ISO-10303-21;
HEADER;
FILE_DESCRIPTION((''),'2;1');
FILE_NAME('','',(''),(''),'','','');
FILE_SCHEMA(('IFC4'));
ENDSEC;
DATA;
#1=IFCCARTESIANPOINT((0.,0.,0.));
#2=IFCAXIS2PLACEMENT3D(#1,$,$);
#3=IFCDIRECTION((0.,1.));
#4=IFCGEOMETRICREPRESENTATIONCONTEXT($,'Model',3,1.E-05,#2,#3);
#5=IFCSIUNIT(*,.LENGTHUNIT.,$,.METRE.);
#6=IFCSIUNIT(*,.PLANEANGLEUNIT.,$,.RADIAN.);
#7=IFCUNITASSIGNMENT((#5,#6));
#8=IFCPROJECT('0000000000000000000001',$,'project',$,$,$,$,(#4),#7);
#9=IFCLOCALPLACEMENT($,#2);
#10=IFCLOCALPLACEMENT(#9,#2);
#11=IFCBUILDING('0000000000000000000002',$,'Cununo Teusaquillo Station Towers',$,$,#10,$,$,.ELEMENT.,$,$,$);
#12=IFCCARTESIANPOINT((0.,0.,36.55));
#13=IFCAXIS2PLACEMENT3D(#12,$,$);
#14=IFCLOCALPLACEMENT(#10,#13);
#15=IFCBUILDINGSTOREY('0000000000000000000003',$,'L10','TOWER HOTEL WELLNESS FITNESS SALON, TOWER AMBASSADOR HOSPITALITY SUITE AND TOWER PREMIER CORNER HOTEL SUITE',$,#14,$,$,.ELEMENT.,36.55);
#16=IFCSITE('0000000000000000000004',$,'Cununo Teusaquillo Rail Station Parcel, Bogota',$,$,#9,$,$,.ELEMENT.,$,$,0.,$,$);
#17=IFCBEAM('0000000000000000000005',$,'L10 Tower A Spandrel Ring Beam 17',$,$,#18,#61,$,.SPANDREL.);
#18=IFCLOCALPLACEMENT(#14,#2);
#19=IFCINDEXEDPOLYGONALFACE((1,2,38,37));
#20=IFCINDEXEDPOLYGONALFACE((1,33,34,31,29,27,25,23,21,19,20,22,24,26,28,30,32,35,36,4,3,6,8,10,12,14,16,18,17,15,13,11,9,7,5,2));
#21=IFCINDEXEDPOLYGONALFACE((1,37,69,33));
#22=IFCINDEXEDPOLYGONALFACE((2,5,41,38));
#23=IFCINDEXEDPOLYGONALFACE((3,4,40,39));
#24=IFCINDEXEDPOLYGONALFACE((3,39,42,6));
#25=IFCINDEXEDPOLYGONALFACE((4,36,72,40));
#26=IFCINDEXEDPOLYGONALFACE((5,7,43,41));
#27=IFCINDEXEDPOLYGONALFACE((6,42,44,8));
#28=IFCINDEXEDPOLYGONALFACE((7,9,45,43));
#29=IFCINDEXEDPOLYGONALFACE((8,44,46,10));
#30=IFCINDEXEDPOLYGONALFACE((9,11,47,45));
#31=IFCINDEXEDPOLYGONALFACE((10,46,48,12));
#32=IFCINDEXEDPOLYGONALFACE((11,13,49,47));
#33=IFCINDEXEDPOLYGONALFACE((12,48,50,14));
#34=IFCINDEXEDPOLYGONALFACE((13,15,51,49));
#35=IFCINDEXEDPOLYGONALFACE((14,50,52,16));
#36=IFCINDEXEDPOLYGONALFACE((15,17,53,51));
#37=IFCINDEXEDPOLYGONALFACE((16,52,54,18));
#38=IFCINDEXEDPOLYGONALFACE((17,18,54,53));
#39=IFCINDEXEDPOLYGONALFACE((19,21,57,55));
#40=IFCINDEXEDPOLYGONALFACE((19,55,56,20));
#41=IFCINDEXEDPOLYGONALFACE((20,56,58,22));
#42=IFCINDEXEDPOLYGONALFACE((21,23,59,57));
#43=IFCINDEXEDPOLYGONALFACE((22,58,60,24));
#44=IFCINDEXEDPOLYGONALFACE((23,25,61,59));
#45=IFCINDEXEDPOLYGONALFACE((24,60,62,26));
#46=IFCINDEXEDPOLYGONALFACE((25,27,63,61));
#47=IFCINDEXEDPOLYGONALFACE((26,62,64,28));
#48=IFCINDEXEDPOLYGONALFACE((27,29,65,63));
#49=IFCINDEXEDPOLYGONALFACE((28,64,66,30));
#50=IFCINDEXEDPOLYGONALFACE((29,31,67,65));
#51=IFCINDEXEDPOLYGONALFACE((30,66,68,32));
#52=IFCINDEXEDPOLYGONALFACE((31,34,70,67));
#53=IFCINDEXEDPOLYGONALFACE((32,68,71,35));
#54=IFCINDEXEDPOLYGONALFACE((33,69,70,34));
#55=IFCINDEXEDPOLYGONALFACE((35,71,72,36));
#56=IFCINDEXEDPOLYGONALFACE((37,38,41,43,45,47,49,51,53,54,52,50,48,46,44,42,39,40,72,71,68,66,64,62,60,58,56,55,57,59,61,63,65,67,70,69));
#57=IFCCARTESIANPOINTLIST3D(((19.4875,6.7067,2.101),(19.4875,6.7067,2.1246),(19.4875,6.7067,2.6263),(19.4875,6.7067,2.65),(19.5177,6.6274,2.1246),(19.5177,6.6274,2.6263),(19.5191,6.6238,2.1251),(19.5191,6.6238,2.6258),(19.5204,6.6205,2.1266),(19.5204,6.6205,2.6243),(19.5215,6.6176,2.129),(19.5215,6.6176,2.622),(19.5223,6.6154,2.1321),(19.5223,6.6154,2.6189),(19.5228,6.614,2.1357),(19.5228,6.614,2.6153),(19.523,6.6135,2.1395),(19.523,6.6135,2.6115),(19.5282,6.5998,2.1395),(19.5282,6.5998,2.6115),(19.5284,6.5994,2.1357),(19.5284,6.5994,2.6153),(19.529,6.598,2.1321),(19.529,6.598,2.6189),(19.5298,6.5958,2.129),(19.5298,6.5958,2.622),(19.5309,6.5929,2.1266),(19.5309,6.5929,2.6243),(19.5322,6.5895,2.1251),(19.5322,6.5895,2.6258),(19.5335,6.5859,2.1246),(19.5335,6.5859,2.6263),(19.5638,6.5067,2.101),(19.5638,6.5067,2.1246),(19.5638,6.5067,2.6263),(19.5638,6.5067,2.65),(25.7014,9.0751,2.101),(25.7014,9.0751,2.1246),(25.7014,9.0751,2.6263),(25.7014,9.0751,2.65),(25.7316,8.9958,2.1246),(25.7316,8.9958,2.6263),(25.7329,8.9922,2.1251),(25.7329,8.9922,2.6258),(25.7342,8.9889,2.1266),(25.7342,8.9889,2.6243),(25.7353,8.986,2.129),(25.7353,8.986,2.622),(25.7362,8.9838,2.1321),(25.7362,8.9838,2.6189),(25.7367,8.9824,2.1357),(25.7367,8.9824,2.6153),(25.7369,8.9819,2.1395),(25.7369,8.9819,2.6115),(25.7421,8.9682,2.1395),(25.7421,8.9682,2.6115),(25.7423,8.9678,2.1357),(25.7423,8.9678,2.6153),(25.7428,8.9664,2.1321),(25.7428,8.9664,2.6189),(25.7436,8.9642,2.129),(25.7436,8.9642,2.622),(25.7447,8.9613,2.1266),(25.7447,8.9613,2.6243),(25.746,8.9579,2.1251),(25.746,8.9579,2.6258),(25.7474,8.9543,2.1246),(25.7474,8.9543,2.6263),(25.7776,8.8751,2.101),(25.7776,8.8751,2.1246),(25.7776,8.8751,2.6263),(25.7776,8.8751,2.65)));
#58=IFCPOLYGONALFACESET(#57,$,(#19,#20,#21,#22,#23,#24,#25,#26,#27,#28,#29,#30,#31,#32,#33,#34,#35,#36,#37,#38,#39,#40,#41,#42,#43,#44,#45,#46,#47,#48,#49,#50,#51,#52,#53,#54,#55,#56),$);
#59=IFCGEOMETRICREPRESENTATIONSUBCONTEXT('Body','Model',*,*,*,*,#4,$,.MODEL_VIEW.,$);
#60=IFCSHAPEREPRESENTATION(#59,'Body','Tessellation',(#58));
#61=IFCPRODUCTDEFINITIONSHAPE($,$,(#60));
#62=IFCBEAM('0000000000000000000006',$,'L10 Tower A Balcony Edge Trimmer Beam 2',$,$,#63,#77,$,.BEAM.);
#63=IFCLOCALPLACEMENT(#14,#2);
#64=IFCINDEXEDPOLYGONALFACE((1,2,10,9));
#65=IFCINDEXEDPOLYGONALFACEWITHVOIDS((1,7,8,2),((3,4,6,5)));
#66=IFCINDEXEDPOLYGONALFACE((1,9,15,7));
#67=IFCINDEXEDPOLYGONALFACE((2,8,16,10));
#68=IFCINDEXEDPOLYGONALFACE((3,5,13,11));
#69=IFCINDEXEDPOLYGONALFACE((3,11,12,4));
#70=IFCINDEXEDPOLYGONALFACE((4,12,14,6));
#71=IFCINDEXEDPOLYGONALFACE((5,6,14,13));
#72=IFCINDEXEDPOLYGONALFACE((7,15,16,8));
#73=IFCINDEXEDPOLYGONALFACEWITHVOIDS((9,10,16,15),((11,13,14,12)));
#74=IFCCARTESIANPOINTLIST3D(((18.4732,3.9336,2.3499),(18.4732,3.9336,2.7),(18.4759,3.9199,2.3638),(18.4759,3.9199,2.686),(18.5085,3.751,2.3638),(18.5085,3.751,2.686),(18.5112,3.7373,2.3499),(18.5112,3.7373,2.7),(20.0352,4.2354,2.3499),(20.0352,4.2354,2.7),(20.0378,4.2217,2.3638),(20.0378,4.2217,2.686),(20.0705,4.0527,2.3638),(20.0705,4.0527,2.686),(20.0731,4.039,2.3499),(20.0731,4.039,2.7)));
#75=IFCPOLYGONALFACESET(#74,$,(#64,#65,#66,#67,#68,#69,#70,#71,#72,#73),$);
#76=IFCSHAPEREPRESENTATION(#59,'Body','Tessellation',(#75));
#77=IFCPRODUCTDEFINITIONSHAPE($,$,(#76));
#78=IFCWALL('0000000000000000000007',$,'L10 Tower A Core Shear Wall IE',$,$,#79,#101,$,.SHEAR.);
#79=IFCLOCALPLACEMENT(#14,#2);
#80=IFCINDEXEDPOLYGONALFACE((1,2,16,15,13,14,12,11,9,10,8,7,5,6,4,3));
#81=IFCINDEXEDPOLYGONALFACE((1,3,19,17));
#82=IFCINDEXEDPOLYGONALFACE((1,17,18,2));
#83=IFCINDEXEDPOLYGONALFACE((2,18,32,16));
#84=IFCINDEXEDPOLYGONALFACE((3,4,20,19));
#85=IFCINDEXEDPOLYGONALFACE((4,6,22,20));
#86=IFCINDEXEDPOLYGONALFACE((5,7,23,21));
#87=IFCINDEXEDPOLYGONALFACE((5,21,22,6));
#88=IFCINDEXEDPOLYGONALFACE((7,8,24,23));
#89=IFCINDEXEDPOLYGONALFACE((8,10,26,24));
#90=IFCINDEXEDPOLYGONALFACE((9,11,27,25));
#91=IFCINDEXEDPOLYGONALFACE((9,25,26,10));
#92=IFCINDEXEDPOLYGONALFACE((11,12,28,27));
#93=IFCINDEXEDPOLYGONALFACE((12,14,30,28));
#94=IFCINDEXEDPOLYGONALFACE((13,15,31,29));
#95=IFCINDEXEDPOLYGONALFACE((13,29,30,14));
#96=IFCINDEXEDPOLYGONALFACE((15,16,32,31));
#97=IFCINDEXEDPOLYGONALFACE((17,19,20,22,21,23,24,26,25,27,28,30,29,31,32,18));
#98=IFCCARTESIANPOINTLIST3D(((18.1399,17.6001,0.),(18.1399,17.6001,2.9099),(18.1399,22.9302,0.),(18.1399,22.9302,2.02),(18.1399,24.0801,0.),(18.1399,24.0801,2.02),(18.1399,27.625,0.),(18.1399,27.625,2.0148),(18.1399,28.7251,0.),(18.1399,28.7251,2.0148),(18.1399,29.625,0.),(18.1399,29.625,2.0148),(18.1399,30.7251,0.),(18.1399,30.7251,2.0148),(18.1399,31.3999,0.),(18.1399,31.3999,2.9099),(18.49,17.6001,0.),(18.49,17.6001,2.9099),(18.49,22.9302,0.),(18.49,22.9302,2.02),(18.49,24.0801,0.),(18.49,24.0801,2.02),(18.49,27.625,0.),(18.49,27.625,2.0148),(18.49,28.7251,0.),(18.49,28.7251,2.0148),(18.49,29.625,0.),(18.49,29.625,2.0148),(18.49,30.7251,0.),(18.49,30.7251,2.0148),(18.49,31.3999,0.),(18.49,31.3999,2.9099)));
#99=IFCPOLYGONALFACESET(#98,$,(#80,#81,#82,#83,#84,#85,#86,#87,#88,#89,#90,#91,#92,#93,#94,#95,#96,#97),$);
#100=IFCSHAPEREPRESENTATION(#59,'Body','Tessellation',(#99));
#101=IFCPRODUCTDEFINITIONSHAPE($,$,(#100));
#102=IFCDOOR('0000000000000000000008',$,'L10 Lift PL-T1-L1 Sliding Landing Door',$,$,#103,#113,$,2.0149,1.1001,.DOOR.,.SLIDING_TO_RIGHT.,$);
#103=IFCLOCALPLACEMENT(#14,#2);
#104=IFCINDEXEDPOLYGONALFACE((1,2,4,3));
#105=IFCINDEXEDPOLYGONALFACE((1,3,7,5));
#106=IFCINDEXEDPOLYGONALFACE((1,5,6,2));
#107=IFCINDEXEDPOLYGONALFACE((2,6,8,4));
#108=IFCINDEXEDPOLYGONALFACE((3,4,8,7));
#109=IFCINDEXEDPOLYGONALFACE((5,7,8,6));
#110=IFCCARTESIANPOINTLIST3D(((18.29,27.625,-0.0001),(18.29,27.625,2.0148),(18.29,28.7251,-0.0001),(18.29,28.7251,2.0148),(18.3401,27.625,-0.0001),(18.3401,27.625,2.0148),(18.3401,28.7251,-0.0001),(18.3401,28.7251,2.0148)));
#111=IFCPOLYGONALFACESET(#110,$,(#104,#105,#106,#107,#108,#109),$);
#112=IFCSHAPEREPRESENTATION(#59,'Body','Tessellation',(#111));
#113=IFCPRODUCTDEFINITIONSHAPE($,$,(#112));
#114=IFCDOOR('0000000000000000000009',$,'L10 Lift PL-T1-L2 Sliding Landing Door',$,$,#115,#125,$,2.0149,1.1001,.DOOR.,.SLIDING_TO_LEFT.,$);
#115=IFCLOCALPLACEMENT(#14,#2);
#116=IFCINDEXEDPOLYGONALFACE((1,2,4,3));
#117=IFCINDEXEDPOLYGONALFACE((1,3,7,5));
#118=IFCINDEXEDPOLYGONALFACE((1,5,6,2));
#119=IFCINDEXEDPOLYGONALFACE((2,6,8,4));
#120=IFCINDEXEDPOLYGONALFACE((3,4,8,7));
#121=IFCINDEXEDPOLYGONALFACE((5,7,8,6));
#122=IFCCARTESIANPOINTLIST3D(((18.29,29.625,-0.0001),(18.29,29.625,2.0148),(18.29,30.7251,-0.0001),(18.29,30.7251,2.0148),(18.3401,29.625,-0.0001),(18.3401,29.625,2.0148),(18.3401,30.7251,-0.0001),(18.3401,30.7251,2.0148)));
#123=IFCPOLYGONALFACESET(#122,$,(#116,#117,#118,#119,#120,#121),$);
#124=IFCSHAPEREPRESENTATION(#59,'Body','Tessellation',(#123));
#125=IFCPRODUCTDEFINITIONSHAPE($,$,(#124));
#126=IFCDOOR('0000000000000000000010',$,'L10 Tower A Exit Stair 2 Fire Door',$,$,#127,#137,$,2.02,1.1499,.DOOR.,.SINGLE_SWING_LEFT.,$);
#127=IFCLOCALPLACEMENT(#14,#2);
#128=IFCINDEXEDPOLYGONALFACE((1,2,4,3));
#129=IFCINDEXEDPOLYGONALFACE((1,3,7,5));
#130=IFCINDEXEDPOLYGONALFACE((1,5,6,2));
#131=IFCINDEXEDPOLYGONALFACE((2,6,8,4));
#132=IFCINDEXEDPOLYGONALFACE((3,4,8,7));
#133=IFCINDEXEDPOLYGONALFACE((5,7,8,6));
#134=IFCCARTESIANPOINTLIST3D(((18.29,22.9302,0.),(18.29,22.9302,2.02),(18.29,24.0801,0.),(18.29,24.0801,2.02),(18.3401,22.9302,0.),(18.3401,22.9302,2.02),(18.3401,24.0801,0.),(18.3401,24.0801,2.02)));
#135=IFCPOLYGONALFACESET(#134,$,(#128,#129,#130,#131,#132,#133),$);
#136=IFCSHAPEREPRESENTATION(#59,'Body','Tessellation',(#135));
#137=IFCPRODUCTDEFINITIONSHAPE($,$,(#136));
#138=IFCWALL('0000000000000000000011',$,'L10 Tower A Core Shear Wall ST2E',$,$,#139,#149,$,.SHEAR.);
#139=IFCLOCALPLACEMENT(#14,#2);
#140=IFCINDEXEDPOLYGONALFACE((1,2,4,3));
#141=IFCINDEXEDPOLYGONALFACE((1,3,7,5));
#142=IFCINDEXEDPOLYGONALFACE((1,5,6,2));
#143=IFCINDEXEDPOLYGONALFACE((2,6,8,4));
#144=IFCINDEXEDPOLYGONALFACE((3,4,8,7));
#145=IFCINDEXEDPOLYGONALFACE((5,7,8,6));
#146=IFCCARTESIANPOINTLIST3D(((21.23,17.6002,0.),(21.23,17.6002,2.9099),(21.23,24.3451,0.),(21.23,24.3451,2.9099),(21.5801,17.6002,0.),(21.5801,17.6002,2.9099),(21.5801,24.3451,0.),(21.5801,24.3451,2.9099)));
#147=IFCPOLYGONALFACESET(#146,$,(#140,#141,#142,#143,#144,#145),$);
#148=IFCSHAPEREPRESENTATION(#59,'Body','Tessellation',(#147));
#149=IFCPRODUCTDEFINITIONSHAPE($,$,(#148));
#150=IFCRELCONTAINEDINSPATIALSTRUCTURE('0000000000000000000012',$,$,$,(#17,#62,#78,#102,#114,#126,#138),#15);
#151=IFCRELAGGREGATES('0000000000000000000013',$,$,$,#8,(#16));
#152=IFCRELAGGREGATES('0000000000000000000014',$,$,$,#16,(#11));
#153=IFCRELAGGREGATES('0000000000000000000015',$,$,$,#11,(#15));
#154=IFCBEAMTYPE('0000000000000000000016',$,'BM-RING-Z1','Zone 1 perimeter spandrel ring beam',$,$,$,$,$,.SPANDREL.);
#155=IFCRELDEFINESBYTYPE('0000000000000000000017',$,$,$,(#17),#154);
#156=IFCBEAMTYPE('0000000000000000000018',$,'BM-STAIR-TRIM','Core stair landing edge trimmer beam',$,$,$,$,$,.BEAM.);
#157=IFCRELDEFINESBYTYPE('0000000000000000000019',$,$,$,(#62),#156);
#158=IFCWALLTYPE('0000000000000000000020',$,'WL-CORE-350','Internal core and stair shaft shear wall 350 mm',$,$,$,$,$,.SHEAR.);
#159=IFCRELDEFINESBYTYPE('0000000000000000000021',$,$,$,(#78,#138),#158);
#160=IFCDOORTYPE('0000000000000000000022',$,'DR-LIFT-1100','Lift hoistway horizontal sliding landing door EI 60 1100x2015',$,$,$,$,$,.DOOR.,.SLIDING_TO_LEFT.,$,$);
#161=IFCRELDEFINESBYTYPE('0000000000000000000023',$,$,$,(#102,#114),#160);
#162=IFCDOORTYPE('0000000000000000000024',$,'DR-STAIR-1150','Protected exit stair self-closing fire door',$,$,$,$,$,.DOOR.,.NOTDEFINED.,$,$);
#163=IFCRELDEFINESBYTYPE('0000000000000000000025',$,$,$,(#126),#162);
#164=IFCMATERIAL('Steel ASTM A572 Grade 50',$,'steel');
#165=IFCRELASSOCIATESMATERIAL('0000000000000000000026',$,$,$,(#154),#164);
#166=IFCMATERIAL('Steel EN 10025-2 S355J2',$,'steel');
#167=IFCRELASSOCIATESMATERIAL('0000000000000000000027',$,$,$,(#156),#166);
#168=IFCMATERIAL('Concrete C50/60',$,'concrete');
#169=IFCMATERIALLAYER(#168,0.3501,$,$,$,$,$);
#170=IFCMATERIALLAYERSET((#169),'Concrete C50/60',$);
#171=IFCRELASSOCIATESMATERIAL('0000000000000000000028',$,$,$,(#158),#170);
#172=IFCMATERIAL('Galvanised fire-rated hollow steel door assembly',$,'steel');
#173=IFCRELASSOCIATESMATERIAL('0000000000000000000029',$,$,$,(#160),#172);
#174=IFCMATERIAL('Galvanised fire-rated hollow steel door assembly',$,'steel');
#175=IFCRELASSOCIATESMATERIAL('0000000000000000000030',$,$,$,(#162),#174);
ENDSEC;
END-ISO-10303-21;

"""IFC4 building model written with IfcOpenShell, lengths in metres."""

from ifc_helpers import new_model, si_unit, direction, frame, frame_2d, origin, origin_2d, place, context, subcontext, project, spatial, rectangle, hollow_rectangle, i_section, extrude, source, transform, mapped, material, layer, layer_set, material_profile, profile_set, type_object, element, fill, save


model = new_model("IFC4")

# Units and contexts
model_context = context("Model", 3, precision=1e-05, world=origin(), true_north=direction((0.0, 1.0)))
body_context = subcontext(model_context, "Body", "Model", "MODEL_VIEW")
ifc_project = project(units=[si_unit("LENGTHUNIT", "METRE"), si_unit("PLANEANGLEUNIT", "RADIAN")], contexts=[model_context])

# Site, building, storey
site_placement = place(None, origin())
site = spatial("IfcSite", under=ifc_project, at=site_placement, Name="Cununo Teusaquillo Rail Station Parcel, Bogota", CompositionType="ELEMENT", RefElevation=0.0)
building_placement = place(site_placement, origin())
building = spatial("IfcBuilding", under=site, at=building_placement, Name="Cununo Teusaquillo Station Towers", CompositionType="ELEMENT")
storey_placement = place(building_placement, frame((0.0, 0.0, 36.55)))
storey = spatial("IfcBuildingStorey", under=building, at=storey_placement, Name="L10", Description="TOWER HOTEL WELLNESS FITNESS SALON, TOWER AMBASSADOR HOSPITALITY SUITE AND TOWER PREMIER CORNER HOTEL SUITE", CompositionType="ELEMENT", Elevation=36.55)

# Beams
ifc_material_1 = material(Name="Steel ASTM A572 Grade 50", Category="steel")
ifc_material_profile_1 = material_profile(ifc_material_1, i_section(OverallWidth=0.2141, OverallDepth=0.5491, WebThickness=0.0146, FlangeThickness=0.0237, FilletRadius=0.0149, at=origin_2d()), Name="W21X93")
ifc_profile_set_1 = profile_set([ifc_material_profile_1], Name="Steel ASTM A572 Grade 50")
beam_type_1 = type_object("IfcBeamType", Name="BM-RING-Z1", Description="Zone 1 perimeter spandrel ring beam", PredefinedType="SPANDREL", material=ifc_profile_set_1)
beam_1_placement = place(storey_placement, frame((19.5256, 6.6067, 2.3755), z_axis=(0.934427, 0.356156, 0.0), x_axis=(-0.356156, 0.934427, 0.0)))
element("IfcBeam", 1, at=beam_1_placement, inside=storey, type_object=beam_type_1, Name="L10 Tower A Spandrel Ring Beam 17", PredefinedType="SPANDREL", context=body_context, shape_type="SweptSolid", body=[
    extrude(i_section(OverallWidth=0.2141, OverallDepth=0.5491, WebThickness=0.0146, FlangeThickness=0.0237, FilletRadius=0.0149, at=origin_2d()), origin(), (0.0, 0.0, 1.0), 6.6499),
])
ifc_material_2 = material(Name="Steel EN 10025-2 S355J2", Category="steel")
ifc_material_profile_2 = material_profile(ifc_material_2, hollow_rectangle(XDim=0.2, YDim=0.3501, WallThickness=0.0139, at=origin_2d()), Name="RHS 350x200x14")
ifc_profile_set_2 = profile_set([ifc_material_profile_2], Name="Steel EN 10025-2 S355J2")
beam_type_2 = type_object("IfcBeamType", Name="BM-STAIR-TRIM", Description="Core stair landing edge trimmer beam", PredefinedType="BEAM", material=ifc_profile_set_2)
beam_2_placement = place(storey_placement, frame((18.4922, 3.8354, 2.5249), z_axis=(0.981846, 0.189678, 0.0), x_axis=(-0.189678, 0.981846, 0.0)))
element("IfcBeam", 2, at=beam_2_placement, inside=storey, type_object=beam_type_2, Name="L10 Tower A Balcony Edge Trimmer Beam 2", PredefinedType="BEAM", context=body_context, shape_type="SweptSolid", body=[
    extrude(hollow_rectangle(XDim=0.2, YDim=0.3501, WallThickness=0.0139, at=origin_2d()), origin(), (0.0, 0.0, 1.0), 1.5908),
])

# Wall, openings, doors
ifc_material_3 = material(Name="Concrete C50/60", Category="concrete")
ifc_layer_1 = layer(ifc_material_3, 0.3501)
ifc_layer_set_1 = layer_set([ifc_layer_1], Name="Concrete C50/60")
wall_type_1 = type_object("IfcWallType", Name="WL-CORE-350", Description="Internal core and stair shaft shear wall 350 mm", PredefinedType="SHEAR", material=ifc_layer_set_1)
wall_1_placement = place(storey_placement, frame((18.3149, 17.6001, 0.0), z_axis=(0.0, 0.0, 1.0), x_axis=(0.0, 1.0, 0.0)))
wall_1 = element("IfcWall", 3, at=wall_1_placement, inside=storey, type_object=wall_type_1, Name="L10 Tower A Core Shear Wall IE", PredefinedType="SHEAR", context=body_context, shape_type="SweptSolid", body=[
    extrude(rectangle(XDim=13.7998, YDim=0.3501, at=frame_2d((6.8999, 0.0))), origin(), (0.0, 0.0, 1.0), 2.9099),
])
shared_shape_1 = source(origin(), body_context, "Body", "SweptSolid", [
    extrude(rectangle(XDim=1.1001, YDim=2.0149, at=frame_2d((0.55, 1.0073))), frame((0.0, 0.1851, 0.0), z_axis=(0.0, -1.0, 0.0), x_axis=(1.0, 0.0, 0.0)), (0.0, 0.0, 1.0), 0.3701),
])
opening_1_placement = place(wall_1_placement, frame((10.0249, 0.0, 0.0)))
opening_1 = element("IfcOpeningElement", 4, at=opening_1_placement, cuts=wall_1, PredefinedType="OPENING", context=body_context, shape_type="MappedRepresentation", body=[
    mapped(shared_shape_1, transform((0.0, 0.0, 0.0), x_axis=(1.0, 0.0, 0.0), y_axis=(0.0, 1.0, 0.0), z_axis=(0.0, 0.0, 1.0), scale=1.0)),
])
opening_2_placement = place(wall_1_placement, frame((12.0249, 0.0, 0.0)))
opening_2 = element("IfcOpeningElement", 5, at=opening_2_placement, cuts=wall_1, PredefinedType="OPENING", context=body_context, shape_type="MappedRepresentation", body=[
    mapped(shared_shape_1, transform((0.0, 0.0, 0.0), x_axis=(1.0, 0.0, 0.0), y_axis=(0.0, 1.0, 0.0), z_axis=(0.0, 0.0, 1.0), scale=1.0)),
])
shared_shape_2 = source(origin(), body_context, "Body", "SweptSolid", [
    extrude(rectangle(XDim=1.1499, YDim=2.02, at=frame_2d((0.575, 1.01))), frame((0.0, 0.1851, 0.0), z_axis=(0.0, -1.0, 0.0), x_axis=(1.0, 0.0, 0.0)), (0.0, 0.0, 1.0), 0.3701),
])
opening_3_placement = place(wall_1_placement, frame((5.3301, 0.0, 0.0)))
opening_3 = element("IfcOpeningElement", 6, at=opening_3_placement, cuts=wall_1, PredefinedType="OPENING", context=body_context, shape_type="MappedRepresentation", body=[
    mapped(shared_shape_2, transform((0.0, 0.0, 0.0), x_axis=(1.0, 0.0, 0.0), y_axis=(0.0, 1.0, 0.0), z_axis=(0.0, 0.0, 1.0), scale=1.0)),
])
ifc_material_4 = material(Name="Galvanised fire-rated hollow steel door assembly", Category="steel")
door_type_1 = type_object("IfcDoorType", Name="DR-LIFT-1100", Description="Lift hoistway horizontal sliding landing door EI 60 1100x2015", OperationType="SLIDING_TO_LEFT", PredefinedType="DOOR", material=ifc_material_4)
shared_shape_3 = source(origin(), body_context, "Body", "SweptSolid", [
    extrude(rectangle(XDim=1.1001, YDim=2.0149, at=frame_2d((0.55, 1.0073))), frame((0.0, 0.0249, 0.0), z_axis=(0.0, -1.0, 0.0), x_axis=(1.0, 0.0, 0.0)), (0.0, 0.0, 1.0), 0.05),
])
door_1_placement = place(opening_1_placement, origin())
door_1 = element("IfcDoor", 7, at=door_1_placement, inside=storey, type_object=door_type_1, Name="L10 Lift PL-T1-L1 Sliding Landing Door", OperationType="SLIDING_TO_RIGHT", OverallHeight=2.0149, OverallWidth=1.1001, PredefinedType="DOOR", context=body_context, shape_type="MappedRepresentation", body=[
    mapped(shared_shape_3, transform((0.0, 0.0, 0.0), x_axis=(1.0, 0.0, 0.0), y_axis=(0.0, 1.0, 0.0), z_axis=(0.0, 0.0, 1.0), scale=1.0)),
])
fill(opening_1, door_1)
door_2_placement = place(opening_2_placement, origin())
door_2 = element("IfcDoor", 8, at=door_2_placement, inside=storey, type_object=door_type_1, Name="L10 Lift PL-T1-L2 Sliding Landing Door", OperationType="SLIDING_TO_LEFT", OverallHeight=2.0149, OverallWidth=1.1001, PredefinedType="DOOR", context=body_context, shape_type="MappedRepresentation", body=[
    mapped(shared_shape_3, transform((0.0, 0.0, 0.0), x_axis=(1.0, 0.0, 0.0), y_axis=(0.0, 1.0, 0.0), z_axis=(0.0, 0.0, 1.0), scale=1.0)),
])
fill(opening_2, door_2)
ifc_material_5 = material(Name="Galvanised fire-rated hollow steel door assembly", Category="steel")
door_type_2 = type_object("IfcDoorType", Name="DR-STAIR-1150", Description="Protected exit stair self-closing fire door", OperationType="NOTDEFINED", PredefinedType="DOOR", material=ifc_material_5)
shared_shape_4 = source(origin(), body_context, "Body", "SweptSolid", [
    extrude(rectangle(XDim=1.1499, YDim=2.02, at=frame_2d((0.575, 1.01))), frame((0.0, 0.0249, 0.0), z_axis=(0.0, -1.0, 0.0), x_axis=(1.0, 0.0, 0.0)), (0.0, 0.0, 1.0), 0.05),
])
door_3_placement = place(opening_3_placement, origin())
door_3 = element("IfcDoor", 9, at=door_3_placement, inside=storey, type_object=door_type_2, Name="L10 Tower A Exit Stair 2 Fire Door", OperationType="SINGLE_SWING_LEFT", OverallHeight=2.02, OverallWidth=1.1499, PredefinedType="DOOR", context=body_context, shape_type="MappedRepresentation", body=[
    mapped(shared_shape_4, transform((0.0, 0.0, 0.0), x_axis=(1.0, 0.0, 0.0), y_axis=(0.0, 1.0, 0.0), z_axis=(0.0, 0.0, 1.0), scale=1.0)),
])
fill(opening_3, door_3)

# Wall
wall_2_placement = place(storey_placement, frame((21.405, 17.6001, 0.0), z_axis=(0.0, 0.0, 1.0), x_axis=(0.0, 1.0, 0.0)))
element("IfcWall", 10, at=wall_2_placement, inside=storey, type_object=wall_type_1, Name="L10 Tower A Core Shear Wall ST2E", PredefinedType="SHEAR", context=body_context, shape_type="SweptSolid", body=[
    extrude(rectangle(XDim=6.7449, YDim=0.3501, at=frame_2d((3.3726, 0.0))), origin(), (0.0, 0.0, 1.0), 2.9099),
])

save(model, "model.ifc")
